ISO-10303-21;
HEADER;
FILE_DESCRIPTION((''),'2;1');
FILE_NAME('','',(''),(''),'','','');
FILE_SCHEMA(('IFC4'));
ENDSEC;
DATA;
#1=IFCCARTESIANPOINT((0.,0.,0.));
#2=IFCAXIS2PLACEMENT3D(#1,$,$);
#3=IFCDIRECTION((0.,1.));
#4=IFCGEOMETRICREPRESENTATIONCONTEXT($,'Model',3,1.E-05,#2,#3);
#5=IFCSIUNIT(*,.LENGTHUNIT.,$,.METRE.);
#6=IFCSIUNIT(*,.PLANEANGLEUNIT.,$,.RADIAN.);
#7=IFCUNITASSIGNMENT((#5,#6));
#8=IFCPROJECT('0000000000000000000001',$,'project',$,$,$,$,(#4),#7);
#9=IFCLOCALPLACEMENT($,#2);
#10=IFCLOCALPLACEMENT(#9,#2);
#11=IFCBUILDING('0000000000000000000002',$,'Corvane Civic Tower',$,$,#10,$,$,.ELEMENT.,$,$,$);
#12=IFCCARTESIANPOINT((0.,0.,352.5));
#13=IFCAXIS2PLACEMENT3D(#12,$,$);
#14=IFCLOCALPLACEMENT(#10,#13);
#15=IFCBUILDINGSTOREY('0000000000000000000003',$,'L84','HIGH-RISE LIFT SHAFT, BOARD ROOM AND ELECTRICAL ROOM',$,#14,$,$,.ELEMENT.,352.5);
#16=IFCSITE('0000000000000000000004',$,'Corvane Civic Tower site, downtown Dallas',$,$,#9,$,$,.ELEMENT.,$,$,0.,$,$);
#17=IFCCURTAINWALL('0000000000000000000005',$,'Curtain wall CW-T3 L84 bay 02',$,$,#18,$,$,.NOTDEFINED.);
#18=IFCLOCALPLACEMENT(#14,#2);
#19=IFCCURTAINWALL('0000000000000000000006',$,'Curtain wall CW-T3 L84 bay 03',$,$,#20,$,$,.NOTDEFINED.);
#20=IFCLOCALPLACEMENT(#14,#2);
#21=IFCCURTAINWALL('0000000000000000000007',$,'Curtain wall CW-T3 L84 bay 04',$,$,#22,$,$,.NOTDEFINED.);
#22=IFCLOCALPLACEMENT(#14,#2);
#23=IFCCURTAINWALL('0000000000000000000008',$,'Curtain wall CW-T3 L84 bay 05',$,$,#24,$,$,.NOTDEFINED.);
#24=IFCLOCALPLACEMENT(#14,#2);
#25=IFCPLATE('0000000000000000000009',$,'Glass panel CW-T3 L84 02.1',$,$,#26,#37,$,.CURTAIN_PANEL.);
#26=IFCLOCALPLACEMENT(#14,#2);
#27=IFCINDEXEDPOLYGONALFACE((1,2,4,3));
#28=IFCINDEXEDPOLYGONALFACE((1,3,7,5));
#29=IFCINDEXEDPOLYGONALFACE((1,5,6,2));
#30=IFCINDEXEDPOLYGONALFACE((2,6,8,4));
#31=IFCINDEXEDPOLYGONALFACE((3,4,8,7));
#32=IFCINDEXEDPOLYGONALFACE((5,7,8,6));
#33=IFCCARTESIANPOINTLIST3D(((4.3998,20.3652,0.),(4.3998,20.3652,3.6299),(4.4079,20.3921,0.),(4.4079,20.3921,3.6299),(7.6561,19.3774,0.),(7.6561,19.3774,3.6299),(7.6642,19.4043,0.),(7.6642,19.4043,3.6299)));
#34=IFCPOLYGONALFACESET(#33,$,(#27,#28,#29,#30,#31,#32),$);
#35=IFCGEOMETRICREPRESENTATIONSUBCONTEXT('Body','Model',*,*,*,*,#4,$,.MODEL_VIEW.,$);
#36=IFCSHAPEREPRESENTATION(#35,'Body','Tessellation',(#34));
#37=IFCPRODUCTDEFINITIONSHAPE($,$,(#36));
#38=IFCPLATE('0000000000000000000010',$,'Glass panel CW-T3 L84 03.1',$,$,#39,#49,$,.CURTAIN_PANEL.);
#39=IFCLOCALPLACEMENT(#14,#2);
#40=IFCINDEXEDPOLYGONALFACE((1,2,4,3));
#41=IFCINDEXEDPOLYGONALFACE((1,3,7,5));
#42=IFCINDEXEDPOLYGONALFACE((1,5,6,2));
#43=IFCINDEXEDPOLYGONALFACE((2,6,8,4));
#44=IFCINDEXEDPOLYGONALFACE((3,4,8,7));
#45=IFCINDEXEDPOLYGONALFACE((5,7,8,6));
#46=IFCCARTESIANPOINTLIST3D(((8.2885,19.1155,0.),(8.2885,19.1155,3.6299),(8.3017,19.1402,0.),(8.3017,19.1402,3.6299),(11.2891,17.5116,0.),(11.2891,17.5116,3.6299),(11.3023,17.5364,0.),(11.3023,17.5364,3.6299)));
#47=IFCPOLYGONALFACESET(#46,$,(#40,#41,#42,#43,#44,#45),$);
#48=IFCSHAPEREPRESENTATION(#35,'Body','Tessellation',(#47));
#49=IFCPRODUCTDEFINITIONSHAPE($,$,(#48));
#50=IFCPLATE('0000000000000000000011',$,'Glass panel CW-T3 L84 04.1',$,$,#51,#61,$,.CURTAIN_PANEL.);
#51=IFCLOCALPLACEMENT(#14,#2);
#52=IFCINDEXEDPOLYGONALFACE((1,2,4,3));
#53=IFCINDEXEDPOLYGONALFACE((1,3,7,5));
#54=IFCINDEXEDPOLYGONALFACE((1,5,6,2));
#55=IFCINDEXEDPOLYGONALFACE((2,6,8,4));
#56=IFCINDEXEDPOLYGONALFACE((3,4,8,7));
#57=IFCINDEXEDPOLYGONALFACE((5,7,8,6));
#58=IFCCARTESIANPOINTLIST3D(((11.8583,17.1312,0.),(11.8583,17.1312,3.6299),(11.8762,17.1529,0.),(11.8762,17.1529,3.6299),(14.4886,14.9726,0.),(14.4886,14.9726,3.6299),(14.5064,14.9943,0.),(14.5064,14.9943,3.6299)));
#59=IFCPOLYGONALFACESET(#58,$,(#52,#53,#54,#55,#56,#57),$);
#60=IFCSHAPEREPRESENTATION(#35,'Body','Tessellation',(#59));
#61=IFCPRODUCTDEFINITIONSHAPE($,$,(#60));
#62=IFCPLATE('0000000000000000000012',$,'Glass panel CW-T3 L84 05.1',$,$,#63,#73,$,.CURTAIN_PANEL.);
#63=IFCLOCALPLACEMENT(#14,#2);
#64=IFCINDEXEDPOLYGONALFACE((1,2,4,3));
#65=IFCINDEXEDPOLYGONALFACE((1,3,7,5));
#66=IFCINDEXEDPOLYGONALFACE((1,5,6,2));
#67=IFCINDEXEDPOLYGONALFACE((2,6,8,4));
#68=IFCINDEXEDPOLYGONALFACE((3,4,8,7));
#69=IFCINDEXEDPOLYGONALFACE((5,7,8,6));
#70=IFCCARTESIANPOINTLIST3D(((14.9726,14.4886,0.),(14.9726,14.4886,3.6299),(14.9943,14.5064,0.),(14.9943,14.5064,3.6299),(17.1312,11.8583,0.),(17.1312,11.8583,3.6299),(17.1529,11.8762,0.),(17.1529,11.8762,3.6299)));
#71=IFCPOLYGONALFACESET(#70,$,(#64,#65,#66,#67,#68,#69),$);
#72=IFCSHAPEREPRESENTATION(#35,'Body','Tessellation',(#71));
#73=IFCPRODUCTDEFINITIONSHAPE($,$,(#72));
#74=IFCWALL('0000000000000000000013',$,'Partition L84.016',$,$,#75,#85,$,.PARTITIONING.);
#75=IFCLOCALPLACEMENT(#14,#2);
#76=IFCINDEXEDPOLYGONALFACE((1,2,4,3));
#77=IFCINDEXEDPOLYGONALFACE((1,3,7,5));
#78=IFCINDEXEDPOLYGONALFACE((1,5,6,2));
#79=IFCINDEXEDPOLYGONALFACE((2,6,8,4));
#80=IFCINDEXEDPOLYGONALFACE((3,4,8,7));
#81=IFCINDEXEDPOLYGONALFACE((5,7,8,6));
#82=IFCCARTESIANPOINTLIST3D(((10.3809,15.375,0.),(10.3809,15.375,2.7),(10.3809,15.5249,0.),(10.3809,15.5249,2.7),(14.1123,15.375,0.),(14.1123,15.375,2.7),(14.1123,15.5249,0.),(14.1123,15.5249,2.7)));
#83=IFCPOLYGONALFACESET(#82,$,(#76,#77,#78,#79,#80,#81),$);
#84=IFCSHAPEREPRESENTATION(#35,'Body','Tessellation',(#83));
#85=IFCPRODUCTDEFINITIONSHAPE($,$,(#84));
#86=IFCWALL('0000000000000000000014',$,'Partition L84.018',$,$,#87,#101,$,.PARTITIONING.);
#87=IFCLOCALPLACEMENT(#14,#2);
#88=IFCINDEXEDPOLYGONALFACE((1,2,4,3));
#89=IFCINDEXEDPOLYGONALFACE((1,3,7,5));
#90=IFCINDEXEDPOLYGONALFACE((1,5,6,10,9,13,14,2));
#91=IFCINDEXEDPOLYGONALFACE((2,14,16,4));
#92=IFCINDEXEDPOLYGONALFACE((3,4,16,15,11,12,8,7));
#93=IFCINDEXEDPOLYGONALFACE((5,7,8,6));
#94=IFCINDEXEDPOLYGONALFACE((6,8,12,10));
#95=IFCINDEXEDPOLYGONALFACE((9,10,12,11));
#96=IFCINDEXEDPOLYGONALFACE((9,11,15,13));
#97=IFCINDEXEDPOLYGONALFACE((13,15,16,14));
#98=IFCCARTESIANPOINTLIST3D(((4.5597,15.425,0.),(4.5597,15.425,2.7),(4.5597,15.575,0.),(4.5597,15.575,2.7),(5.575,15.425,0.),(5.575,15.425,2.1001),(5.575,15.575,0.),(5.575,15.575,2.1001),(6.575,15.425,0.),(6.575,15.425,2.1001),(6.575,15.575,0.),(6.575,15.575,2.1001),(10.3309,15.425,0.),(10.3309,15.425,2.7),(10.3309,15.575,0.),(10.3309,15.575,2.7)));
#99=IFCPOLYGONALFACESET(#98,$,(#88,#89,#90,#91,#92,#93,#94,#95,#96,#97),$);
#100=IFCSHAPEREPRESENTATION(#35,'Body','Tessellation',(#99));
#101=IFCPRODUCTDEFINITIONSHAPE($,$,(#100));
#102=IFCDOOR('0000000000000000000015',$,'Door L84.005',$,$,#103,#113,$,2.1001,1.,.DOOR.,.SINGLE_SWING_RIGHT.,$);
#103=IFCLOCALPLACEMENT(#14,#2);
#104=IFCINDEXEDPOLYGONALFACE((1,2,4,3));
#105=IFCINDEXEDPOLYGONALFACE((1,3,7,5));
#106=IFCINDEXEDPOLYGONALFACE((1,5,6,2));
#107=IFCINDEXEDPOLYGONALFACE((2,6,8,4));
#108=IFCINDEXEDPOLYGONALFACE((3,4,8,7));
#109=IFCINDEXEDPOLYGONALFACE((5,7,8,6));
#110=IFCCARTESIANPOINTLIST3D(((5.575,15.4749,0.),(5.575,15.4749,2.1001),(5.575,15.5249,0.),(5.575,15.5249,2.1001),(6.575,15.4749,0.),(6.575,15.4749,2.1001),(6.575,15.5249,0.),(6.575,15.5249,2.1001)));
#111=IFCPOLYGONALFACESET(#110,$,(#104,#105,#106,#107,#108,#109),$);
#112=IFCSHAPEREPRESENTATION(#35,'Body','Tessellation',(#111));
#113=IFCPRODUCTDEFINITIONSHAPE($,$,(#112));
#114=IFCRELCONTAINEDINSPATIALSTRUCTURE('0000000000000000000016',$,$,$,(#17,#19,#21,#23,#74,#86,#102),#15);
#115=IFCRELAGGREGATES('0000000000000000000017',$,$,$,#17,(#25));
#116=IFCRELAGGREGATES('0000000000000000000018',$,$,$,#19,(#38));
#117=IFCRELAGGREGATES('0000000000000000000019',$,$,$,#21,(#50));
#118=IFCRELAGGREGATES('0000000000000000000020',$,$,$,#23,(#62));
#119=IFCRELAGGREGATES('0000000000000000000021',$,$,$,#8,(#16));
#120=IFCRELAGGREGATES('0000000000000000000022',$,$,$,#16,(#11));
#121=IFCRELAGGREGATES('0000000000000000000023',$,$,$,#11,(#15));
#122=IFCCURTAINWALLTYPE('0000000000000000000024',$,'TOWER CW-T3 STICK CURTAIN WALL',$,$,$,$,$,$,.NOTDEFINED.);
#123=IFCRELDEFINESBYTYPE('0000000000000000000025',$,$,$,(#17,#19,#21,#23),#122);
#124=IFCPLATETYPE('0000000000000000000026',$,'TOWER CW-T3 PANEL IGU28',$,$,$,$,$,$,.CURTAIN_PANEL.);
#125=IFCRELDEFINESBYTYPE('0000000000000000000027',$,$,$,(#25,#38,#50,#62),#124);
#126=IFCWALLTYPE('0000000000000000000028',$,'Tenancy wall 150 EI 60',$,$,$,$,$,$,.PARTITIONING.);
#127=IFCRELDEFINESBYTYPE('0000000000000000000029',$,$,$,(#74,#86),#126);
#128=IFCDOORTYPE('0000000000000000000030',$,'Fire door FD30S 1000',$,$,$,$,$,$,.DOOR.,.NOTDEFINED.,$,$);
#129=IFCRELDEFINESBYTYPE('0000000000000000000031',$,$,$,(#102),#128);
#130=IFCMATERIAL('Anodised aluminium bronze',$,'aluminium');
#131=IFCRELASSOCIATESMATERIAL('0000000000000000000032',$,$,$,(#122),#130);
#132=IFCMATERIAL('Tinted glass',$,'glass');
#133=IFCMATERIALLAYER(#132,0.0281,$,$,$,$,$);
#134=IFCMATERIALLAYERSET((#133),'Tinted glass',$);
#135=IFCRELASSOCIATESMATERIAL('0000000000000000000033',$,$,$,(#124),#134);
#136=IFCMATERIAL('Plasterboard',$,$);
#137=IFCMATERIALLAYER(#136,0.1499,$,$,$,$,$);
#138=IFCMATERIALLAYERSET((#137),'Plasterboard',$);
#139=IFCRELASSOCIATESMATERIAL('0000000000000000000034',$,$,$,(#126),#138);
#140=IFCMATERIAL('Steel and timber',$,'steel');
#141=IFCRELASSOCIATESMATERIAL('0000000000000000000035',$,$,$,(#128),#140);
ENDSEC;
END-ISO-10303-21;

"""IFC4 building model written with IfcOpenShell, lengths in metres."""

from ifc_helpers import new_model, si_unit, direction, frame, frame_2d, origin, origin_2d, place, context, subcontext, project, spatial, rectangle, extrude, material, layer, layer_set, type_object, element, fill, aggregate, save


model = new_model("IFC4")

# Units and contexts
model_context = context("Model", 3, precision=1e-05, world=origin(), true_north=direction((0.0, 1.0)))
body_context = subcontext(model_context, "Body", "Model", "MODEL_VIEW")
ifc_project = project(units=[si_unit("LENGTHUNIT", "METRE"), si_unit("PLANEANGLEUNIT", "RADIAN")], contexts=[model_context])

# Site, building, storey
site_placement = place(None, origin())
site = spatial("IfcSite", under=ifc_project, at=site_placement, Name="Corvane Civic Tower site, downtown Dallas", CompositionType="ELEMENT", RefElevation=0.0)
building_placement = place(site_placement, origin())
building = spatial("IfcBuilding", under=site, at=building_placement, Name="Corvane Civic Tower", CompositionType="ELEMENT")
storey_placement = place(building_placement, frame((0.0, 0.0, 352.5)))
storey = spatial("IfcBuildingStorey", under=building, at=storey_placement, Name="L84", Description="HIGH-RISE LIFT SHAFT, BOARD ROOM AND ELECTRICAL ROOM", CompositionType="ELEMENT", Elevation=352.5)

# Curtain walls
ifc_material_1 = material(Name="Anodised aluminium bronze", Category="aluminium")
curtain_wall_type = type_object("IfcCurtainWallType", Name="TOWER CW-T3 STICK CURTAIN WALL", PredefinedType="NOTDEFINED", material=ifc_material_1)
curtain_wall_1_placement = place(storey_placement, origin())
curtain_wall_1 = element("IfcCurtainWall", 1, at=curtain_wall_1_placement, inside=storey, type_object=curtain_wall_type, Name="Curtain wall CW-T3 L84 bay 02", PredefinedType="NOTDEFINED")
curtain_wall_2_placement = place(storey_placement, origin())
curtain_wall_2 = element("IfcCurtainWall", 2, at=curtain_wall_2_placement, inside=storey, type_object=curtain_wall_type, Name="Curtain wall CW-T3 L84 bay 03", PredefinedType="NOTDEFINED")
curtain_wall_3_placement = place(storey_placement, origin())
curtain_wall_3 = element("IfcCurtainWall", 3, at=curtain_wall_3_placement, inside=storey, type_object=curtain_wall_type, Name="Curtain wall CW-T3 L84 bay 04", PredefinedType="NOTDEFINED")
curtain_wall_4_placement = place(storey_placement, origin())
curtain_wall_4 = element("IfcCurtainWall", 4, at=curtain_wall_4_placement, inside=storey, type_object=curtain_wall_type, Name="Curtain wall CW-T3 L84 bay 05", PredefinedType="NOTDEFINED")

# Plates
ifc_material_2 = material(Name="Tinted glass", Category="glass")
ifc_layer_1 = layer(ifc_material_2, 0.0281)
ifc_layer_set_1 = layer_set([ifc_layer_1], Name="Tinted glass")
plate_type = type_object("IfcPlateType", Name="TOWER CW-T3 PANEL IGU28", PredefinedType="CURTAIN_PANEL", material=ifc_layer_set_1)
plate_1_placement = place(storey_placement, frame((6.032, 19.8848, 0.0), z_axis=(0.0, 0.0, 1.0), x_axis=(0.956939, -0.29029, 0.0)))
plate_1 = element("IfcPlate", 5, at=plate_1_placement, type_object=plate_type, Name="Glass panel CW-T3 L84 02.1", PredefinedType="CURTAIN_PANEL", context=body_context, shape_type="SweptSolid", body=[
    extrude(rectangle(XDim=3.4028, YDim=0.0281, at=origin_2d()), origin(), (0.0, 0.0, 1.0), 3.6299),
])
aggregate(curtain_wall_1, [plate_1])
plate_2_placement = place(storey_placement, frame((9.7954, 18.3259, 0.0), z_axis=(0.0, 0.0, 1.0), x_axis=(0.881928, -0.471384, 0.0)))
plate_2 = element("IfcPlate", 6, at=plate_2_placement, type_object=plate_type, Name="Glass panel CW-T3 L84 03.1", PredefinedType="CURTAIN_PANEL", context=body_context, shape_type="SweptSolid", body=[
    extrude(rectangle(XDim=3.4023, YDim=0.0281, at=origin_2d()), origin(), (0.0, 0.0, 1.0), 3.6299),
])
aggregate(curtain_wall_2, [plate_2])
plate_3_placement = place(storey_placement, frame((13.1824, 16.0627, 0.0), z_axis=(0.0, 0.0, 1.0), x_axis=(0.77301, -0.634393, 0.0)))
plate_3 = element("IfcPlate", 7, at=plate_3_placement, type_object=plate_type, Name="Glass panel CW-T3 L84 04.1", PredefinedType="CURTAIN_PANEL", context=body_context, shape_type="SweptSolid", body=[
    extrude(rectangle(XDim=3.4026, YDim=0.0281, at=origin_2d()), origin(), (0.0, 0.0, 1.0), 3.6299),
])
aggregate(curtain_wall_3, [plate_3])
plate_4_placement = place(storey_placement, frame((16.0627, 13.1824, 0.0), z_axis=(0.0, 0.0, 1.0), x_axis=(0.634393, -0.77301, 0.0)))
plate_4 = element("IfcPlate", 8, at=plate_4_placement, type_object=plate_type, Name="Glass panel CW-T3 L84 05.1", PredefinedType="CURTAIN_PANEL", context=body_context, shape_type="SweptSolid", body=[
    extrude(rectangle(XDim=3.4026, YDim=0.0281, at=origin_2d()), origin(), (0.0, 0.0, 1.0), 3.6299),
])
aggregate(curtain_wall_4, [plate_4])

# Wall
ifc_material_3 = material(Name="Plasterboard")
ifc_layer_2 = layer(ifc_material_3, 0.1499)
ifc_layer_set_2 = layer_set([ifc_layer_2], Name="Plasterboard")
wall_type = type_object("IfcWallType", Name="Tenancy wall 150 EI 60", PredefinedType="PARTITIONING", material=ifc_layer_set_2)
wall_1_placement = place(storey_placement, frame((10.3809, 15.45, 0.0), z_axis=(0.0, 0.0, 1.0), x_axis=(1.0, 0.0, 0.0)))
element("IfcWall", 9, at=wall_1_placement, inside=storey, type_object=wall_type, Name="Partition L84.016", PredefinedType="PARTITIONING", context=body_context, shape_type="SweptSolid", body=[
    extrude(rectangle(XDim=3.7314, YDim=0.1499, at=frame_2d((1.8657, 0.0))), origin(), (0.0, 0.0, 1.0), 2.7),
])

# Wall, opening, door
wall_2_placement = place(storey_placement, frame((4.5596, 15.5, 0.0), z_axis=(0.0, 0.0, 1.0), x_axis=(1.0, 0.0, 0.0)))
wall_2 = element("IfcWall", 10, at=wall_2_placement, inside=storey, type_object=wall_type, Name="Partition L84.018", PredefinedType="PARTITIONING", context=body_context, shape_type="SweptSolid", body=[
    extrude(rectangle(XDim=5.7712, YDim=0.1499, at=frame_2d((2.8857, 0.0))), origin(), (0.0, 0.0, 1.0), 2.7),
])
opening_placement = place(wall_2_placement, frame((1.0154, 0.0, 0.0)))
opening = element("IfcOpeningElement", 11, at=opening_placement, cuts=wall_2, PredefinedType="OPENING", context=body_context, shape_type="SweptSolid", body=[
    extrude(rectangle(XDim=1.0, YDim=2.1001, at=frame_2d((0.5, 1.05))), frame((0.0, 0.085, 0.0), z_axis=(0.0, -1.0, 0.0), x_axis=(1.0, 0.0, 0.0)), (0.0, 0.0, 1.0), 0.1699),
])
ifc_material_4 = material(Name="Steel and timber", Category="steel")
door_type = type_object("IfcDoorType", Name="Fire door FD30S 1000", OperationType="NOTDEFINED", PredefinedType="DOOR", material=ifc_material_4)
door_placement = place(opening_placement, origin())
door = element("IfcDoor", 12, at=door_placement, inside=storey, type_object=door_type, Name="Door L84.005", OperationType="SINGLE_SWING_RIGHT", OverallHeight=2.1001, OverallWidth=1.0, PredefinedType="DOOR", context=body_context, shape_type="SweptSolid", body=[
    extrude(rectangle(XDim=1.0, YDim=2.1001, at=frame_2d((0.5, 1.05))), frame((0.0, 0.0249, 0.0), z_axis=(0.0, -1.0, 0.0), x_axis=(1.0, 0.0, 0.0)), (0.0, 0.0, 1.0), 0.05),
])
fill(opening, door)

save(model, "model.ifc")
